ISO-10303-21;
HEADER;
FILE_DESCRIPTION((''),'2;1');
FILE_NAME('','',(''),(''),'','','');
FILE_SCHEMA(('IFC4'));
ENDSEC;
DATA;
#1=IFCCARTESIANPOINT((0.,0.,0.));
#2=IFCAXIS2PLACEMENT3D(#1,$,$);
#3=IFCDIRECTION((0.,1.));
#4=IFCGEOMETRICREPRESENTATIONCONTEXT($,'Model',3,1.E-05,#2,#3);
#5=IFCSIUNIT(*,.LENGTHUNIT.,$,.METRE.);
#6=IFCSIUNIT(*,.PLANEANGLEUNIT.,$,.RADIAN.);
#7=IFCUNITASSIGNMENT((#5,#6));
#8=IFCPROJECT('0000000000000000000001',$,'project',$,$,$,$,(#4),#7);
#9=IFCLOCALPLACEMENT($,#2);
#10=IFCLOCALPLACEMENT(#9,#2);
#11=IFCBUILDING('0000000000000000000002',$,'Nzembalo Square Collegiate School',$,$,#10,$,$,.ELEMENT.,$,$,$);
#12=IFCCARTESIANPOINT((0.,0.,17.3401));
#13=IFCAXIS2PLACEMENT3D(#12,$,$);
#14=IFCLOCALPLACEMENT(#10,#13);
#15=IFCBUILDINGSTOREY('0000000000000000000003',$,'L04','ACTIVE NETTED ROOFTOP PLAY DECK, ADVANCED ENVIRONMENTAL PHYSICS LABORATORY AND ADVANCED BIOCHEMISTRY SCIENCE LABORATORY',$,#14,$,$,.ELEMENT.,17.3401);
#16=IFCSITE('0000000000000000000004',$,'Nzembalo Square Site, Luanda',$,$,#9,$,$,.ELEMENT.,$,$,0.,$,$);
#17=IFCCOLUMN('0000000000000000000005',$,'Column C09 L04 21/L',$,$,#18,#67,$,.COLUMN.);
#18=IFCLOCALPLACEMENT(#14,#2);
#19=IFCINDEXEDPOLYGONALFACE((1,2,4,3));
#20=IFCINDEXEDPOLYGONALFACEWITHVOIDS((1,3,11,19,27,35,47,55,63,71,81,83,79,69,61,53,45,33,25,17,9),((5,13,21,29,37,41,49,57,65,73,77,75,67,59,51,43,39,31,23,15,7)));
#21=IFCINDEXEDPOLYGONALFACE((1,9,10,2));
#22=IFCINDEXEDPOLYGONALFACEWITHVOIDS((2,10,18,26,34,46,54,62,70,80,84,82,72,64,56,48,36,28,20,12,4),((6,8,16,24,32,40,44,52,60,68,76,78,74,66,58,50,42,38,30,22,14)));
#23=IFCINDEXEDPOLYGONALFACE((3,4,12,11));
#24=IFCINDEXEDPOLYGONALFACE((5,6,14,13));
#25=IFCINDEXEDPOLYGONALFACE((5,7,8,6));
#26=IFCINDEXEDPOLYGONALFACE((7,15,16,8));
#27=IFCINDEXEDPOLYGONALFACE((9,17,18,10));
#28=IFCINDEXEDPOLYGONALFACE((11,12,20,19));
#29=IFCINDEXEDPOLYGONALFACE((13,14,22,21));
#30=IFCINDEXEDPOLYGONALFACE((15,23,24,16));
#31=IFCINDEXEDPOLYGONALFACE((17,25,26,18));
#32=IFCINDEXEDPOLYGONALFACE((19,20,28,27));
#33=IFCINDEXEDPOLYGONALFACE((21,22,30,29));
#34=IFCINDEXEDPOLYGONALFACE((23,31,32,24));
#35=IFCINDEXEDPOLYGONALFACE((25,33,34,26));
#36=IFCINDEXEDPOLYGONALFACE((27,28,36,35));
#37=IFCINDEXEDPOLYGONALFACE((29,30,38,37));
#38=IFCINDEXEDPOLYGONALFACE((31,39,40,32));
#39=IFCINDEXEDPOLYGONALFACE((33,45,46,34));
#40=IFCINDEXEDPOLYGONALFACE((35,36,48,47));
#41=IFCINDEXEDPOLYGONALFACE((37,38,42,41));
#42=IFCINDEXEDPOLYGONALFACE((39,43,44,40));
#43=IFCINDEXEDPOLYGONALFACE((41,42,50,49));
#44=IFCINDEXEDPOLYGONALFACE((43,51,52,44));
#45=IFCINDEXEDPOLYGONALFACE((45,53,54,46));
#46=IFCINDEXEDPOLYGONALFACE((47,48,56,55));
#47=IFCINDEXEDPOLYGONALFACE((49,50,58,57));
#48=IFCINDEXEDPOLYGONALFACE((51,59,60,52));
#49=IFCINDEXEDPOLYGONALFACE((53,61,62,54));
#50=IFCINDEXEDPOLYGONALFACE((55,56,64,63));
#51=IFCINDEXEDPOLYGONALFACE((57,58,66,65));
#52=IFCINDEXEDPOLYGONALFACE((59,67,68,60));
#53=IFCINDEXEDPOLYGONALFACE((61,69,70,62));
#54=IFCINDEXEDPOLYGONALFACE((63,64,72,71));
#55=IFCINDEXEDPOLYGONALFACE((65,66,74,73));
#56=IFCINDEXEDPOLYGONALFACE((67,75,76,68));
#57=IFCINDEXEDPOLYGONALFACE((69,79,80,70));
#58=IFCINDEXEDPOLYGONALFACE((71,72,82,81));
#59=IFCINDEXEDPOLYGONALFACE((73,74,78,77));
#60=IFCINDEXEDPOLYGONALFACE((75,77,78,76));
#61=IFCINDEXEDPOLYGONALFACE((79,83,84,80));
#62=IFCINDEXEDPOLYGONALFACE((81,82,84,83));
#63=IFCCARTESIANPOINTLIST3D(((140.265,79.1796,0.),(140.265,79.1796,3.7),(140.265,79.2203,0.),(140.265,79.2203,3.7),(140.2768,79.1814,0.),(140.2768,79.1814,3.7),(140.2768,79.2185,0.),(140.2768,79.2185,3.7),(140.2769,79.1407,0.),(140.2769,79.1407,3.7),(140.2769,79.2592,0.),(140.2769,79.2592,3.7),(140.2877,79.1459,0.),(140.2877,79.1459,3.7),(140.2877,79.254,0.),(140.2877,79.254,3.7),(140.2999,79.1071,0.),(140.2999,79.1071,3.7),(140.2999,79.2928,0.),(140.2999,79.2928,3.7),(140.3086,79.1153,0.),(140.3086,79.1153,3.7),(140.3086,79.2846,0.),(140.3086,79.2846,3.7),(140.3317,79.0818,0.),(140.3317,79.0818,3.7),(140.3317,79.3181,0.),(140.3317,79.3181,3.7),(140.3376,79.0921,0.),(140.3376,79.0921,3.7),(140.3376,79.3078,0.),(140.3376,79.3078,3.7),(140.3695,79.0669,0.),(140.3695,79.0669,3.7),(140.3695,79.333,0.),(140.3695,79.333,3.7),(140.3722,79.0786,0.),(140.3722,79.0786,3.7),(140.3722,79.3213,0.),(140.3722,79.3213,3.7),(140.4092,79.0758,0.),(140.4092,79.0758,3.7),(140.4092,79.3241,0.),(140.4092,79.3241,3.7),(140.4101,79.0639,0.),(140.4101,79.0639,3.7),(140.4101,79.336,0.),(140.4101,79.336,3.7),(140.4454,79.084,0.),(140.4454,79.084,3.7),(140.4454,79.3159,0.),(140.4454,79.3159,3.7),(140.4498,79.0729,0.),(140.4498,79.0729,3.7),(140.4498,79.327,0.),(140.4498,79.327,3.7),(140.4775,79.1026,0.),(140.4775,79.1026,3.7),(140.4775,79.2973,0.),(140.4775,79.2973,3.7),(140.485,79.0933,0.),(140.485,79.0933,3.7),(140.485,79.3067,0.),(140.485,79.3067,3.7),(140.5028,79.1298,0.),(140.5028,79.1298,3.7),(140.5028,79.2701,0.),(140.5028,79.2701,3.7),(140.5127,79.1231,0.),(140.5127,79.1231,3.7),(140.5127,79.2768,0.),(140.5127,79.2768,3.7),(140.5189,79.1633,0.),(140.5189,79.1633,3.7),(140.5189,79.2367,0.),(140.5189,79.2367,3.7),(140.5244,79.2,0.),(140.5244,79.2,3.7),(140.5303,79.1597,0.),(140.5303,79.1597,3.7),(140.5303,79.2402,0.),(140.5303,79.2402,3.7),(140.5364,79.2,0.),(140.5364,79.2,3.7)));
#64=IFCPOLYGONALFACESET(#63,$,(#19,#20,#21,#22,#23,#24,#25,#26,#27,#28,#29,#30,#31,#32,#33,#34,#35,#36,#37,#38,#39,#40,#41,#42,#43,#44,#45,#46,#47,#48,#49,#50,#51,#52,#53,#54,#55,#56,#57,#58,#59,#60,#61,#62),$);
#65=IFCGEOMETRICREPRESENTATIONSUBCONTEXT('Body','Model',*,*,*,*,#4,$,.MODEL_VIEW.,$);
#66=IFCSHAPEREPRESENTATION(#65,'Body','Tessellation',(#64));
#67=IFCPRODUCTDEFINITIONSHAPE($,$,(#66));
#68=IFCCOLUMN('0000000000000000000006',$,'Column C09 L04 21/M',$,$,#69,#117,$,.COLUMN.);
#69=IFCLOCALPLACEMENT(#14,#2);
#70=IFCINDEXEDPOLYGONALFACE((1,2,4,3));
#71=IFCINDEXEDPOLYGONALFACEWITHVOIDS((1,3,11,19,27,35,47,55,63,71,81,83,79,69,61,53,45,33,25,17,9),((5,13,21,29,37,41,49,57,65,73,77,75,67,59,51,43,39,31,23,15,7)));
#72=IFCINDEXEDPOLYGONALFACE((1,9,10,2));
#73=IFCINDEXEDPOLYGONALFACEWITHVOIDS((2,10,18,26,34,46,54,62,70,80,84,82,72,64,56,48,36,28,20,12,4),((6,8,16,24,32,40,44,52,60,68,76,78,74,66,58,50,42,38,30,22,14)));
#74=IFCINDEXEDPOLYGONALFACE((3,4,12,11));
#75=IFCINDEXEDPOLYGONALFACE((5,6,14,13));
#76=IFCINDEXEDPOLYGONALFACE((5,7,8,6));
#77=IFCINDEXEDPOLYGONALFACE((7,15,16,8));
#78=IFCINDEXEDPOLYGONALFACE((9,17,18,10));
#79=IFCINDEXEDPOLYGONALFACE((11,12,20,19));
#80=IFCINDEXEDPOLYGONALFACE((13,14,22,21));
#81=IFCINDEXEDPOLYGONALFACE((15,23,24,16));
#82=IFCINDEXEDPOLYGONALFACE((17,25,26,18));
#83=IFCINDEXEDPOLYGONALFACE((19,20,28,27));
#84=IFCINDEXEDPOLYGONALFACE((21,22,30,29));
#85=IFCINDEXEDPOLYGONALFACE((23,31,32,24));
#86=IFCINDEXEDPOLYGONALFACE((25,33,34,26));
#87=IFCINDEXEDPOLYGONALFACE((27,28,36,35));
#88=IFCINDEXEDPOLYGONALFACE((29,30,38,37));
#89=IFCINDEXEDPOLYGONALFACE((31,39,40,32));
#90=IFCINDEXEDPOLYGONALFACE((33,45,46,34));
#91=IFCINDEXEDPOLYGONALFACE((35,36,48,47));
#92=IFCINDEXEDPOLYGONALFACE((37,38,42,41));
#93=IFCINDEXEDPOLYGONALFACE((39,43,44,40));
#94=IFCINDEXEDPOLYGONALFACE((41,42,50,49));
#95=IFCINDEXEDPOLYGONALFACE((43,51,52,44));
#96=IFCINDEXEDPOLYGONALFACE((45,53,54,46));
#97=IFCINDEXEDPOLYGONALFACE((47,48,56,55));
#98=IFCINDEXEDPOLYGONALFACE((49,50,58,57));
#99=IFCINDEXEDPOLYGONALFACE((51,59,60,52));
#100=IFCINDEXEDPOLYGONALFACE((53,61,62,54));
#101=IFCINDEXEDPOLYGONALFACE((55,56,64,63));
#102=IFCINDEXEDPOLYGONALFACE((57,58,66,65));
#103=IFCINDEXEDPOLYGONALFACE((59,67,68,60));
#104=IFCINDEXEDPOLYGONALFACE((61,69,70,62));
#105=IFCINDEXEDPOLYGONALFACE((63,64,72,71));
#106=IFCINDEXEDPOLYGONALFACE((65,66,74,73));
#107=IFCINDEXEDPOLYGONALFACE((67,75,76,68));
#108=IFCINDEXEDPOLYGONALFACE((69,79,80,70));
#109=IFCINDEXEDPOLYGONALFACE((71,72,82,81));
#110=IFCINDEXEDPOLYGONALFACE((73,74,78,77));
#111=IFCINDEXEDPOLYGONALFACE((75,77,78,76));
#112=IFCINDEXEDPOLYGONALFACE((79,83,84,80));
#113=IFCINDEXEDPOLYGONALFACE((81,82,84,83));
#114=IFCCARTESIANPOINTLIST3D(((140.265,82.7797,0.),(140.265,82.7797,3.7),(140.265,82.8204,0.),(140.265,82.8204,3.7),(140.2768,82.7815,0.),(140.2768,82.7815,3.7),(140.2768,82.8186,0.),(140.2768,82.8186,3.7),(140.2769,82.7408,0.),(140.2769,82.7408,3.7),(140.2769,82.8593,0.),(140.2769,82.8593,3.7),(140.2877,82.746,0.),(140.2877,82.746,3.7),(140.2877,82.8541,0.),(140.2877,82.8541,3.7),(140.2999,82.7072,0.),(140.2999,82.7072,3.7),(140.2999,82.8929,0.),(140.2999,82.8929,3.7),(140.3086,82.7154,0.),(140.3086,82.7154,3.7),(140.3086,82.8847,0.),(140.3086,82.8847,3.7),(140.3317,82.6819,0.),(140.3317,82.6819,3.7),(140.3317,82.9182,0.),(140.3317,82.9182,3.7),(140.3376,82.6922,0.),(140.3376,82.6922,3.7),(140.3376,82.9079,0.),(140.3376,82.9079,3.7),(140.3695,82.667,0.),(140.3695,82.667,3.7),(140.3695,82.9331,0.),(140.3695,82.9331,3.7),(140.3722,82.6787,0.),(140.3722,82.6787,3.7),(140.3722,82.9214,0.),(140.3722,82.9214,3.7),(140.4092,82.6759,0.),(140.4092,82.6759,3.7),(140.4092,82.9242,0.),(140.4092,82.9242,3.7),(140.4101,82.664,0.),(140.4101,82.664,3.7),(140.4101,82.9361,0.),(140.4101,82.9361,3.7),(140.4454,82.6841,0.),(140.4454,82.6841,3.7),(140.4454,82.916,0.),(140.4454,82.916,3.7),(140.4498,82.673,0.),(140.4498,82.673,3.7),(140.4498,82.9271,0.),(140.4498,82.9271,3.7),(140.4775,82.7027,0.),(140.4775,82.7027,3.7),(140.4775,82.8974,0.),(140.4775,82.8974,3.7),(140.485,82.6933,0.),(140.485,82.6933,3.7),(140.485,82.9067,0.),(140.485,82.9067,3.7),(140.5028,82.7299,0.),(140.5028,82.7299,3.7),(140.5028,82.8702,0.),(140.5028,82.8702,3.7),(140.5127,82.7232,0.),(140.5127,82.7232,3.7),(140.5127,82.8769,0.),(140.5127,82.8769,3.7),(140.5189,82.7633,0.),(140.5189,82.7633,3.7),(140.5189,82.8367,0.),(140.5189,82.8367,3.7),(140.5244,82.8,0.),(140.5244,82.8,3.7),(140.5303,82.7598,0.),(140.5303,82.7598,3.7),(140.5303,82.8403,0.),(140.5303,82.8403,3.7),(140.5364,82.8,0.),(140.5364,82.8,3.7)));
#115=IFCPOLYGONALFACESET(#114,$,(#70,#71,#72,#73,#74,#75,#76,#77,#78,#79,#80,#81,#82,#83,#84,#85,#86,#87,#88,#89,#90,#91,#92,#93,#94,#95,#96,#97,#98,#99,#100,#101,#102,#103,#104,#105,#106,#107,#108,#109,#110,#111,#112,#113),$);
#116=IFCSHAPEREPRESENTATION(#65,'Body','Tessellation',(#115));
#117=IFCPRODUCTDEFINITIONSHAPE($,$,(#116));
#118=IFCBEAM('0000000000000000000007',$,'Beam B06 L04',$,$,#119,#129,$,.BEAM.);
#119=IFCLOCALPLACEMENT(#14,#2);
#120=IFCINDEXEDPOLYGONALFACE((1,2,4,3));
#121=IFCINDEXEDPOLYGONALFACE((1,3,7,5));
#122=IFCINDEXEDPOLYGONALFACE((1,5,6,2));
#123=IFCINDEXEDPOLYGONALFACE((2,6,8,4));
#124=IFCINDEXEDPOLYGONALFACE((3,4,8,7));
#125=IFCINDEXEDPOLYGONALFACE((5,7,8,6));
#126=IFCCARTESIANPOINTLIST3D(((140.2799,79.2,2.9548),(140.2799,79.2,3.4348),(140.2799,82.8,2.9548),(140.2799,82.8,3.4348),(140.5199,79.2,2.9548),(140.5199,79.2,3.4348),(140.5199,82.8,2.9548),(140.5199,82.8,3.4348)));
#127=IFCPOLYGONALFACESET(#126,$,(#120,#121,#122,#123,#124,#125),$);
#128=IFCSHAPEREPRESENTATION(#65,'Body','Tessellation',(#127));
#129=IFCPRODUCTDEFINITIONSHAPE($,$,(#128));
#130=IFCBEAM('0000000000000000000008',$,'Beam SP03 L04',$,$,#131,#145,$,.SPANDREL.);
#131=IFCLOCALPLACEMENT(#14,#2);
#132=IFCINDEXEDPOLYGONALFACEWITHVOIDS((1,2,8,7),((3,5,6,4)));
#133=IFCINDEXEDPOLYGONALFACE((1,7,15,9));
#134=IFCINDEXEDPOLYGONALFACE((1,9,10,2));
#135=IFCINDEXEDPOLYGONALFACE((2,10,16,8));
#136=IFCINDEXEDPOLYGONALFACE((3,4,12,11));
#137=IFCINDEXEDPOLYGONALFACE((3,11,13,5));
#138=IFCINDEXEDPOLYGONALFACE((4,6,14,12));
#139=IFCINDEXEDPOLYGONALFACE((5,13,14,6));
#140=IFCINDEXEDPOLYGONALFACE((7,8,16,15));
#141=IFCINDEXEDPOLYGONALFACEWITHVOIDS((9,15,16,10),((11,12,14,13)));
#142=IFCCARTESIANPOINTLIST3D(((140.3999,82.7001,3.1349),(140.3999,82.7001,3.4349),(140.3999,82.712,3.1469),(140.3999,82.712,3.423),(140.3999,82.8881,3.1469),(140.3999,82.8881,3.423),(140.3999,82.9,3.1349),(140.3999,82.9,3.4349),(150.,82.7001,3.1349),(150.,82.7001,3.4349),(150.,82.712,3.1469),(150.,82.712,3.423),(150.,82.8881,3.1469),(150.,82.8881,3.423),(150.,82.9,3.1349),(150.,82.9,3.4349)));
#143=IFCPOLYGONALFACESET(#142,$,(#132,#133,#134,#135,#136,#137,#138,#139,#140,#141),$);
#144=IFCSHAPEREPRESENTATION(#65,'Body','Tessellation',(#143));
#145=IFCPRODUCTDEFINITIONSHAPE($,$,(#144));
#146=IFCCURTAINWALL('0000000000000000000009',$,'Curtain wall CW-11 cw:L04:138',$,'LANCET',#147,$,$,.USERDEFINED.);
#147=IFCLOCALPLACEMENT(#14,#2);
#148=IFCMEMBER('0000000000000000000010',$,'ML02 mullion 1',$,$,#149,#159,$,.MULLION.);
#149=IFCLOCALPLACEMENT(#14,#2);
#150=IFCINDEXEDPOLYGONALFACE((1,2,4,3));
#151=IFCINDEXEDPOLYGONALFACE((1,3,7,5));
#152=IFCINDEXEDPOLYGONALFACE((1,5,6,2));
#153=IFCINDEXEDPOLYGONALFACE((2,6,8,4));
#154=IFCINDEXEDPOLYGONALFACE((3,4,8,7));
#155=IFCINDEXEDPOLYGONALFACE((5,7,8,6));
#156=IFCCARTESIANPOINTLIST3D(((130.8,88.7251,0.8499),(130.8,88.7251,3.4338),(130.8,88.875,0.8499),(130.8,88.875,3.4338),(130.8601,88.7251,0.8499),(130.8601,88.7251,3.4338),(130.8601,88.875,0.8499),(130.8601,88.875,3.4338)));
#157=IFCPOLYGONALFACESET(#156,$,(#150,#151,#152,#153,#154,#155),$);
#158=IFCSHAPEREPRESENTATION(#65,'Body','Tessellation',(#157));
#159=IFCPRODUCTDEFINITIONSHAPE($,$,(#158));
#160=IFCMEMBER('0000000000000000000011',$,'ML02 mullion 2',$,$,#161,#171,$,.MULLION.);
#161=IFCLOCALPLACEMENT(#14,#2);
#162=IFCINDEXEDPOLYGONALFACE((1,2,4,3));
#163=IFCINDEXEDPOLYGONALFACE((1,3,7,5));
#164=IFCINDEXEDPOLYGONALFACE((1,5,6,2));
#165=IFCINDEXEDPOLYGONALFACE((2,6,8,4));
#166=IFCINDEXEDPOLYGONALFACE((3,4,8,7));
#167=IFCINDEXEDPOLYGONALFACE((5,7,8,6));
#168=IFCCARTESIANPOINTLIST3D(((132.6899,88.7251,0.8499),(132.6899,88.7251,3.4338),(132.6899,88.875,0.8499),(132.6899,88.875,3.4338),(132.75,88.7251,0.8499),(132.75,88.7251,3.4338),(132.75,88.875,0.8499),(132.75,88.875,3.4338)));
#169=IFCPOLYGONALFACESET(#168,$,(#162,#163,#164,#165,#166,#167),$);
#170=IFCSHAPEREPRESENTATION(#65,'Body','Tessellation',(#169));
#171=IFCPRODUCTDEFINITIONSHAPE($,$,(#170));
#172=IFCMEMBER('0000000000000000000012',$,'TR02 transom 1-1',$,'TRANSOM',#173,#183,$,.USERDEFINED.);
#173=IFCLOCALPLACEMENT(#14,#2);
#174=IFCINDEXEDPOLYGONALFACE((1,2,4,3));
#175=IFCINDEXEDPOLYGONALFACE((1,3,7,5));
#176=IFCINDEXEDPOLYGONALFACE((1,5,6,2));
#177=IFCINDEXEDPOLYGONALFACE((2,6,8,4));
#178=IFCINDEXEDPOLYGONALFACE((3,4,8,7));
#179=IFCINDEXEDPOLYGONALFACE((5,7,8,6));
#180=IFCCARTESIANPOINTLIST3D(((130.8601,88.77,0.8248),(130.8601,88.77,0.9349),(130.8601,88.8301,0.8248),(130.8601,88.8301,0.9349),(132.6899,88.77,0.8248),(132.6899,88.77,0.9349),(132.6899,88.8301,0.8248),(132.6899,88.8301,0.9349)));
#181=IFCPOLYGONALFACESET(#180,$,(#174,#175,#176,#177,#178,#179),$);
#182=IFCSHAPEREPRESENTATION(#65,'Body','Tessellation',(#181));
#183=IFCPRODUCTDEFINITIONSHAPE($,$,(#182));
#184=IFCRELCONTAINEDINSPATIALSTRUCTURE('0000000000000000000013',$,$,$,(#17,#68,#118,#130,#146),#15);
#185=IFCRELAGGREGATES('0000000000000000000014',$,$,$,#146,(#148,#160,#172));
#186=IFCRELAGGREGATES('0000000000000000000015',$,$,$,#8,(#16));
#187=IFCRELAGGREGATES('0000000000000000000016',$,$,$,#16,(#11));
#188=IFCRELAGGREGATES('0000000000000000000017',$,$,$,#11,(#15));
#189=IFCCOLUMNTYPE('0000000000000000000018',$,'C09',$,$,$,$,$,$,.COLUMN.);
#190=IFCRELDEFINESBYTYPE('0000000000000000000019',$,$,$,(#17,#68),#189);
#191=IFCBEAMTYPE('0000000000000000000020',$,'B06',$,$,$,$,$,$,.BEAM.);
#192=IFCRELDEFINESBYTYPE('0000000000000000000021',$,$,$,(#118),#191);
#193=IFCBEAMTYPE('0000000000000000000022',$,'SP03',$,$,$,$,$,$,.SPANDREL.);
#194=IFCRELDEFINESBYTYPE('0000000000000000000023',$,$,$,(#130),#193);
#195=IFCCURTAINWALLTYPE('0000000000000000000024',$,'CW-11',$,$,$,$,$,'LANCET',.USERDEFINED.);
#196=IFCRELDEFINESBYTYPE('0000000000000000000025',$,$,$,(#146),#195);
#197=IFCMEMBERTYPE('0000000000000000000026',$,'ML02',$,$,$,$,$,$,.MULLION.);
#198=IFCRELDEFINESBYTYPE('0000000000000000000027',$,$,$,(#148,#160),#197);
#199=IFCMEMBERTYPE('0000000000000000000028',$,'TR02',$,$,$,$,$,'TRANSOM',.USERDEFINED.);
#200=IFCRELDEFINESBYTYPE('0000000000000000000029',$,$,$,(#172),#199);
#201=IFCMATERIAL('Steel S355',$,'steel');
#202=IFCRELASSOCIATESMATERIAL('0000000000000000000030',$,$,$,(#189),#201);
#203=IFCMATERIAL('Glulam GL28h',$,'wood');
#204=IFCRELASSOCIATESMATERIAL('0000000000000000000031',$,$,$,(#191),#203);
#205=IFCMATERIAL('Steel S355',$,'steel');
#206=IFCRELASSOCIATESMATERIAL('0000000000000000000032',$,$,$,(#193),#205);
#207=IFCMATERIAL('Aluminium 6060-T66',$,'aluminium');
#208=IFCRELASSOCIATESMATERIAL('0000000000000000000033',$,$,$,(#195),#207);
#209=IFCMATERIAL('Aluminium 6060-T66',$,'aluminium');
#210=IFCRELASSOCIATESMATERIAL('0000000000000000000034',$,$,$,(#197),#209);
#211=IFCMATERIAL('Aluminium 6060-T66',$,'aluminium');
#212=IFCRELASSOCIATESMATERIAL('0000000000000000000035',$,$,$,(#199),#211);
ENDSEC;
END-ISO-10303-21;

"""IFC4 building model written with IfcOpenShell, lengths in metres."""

from ifc_helpers import new_model, si_unit, direction, frame, origin, origin_2d, place, context, subcontext, project, spatial, rectangle, hollow_rectangle, hollow_circle, extrude, material, material_profile, profile_set, type_object, element, aggregate, save


model = new_model("IFC4")

# Units and contexts
model_context = context("Model", 3, precision=1e-05, world=origin(), true_north=direction((0.0, 1.0)))
body_context = subcontext(model_context, "Body", "Model", "MODEL_VIEW")
ifc_project = project(units=[si_unit("LENGTHUNIT", "METRE"), si_unit("PLANEANGLEUNIT", "RADIAN")], contexts=[model_context])

# Site, building, storey
site_placement = place(None, origin())
site = spatial("IfcSite", under=ifc_project, at=site_placement, Name="Nzembalo Square Site, Luanda", CompositionType="ELEMENT", RefElevation=0.0)
building_placement = place(site_placement, origin())
building = spatial("IfcBuilding", under=site, at=building_placement, Name="Nzembalo Square Collegiate School", CompositionType="ELEMENT")
storey_placement = place(building_placement, frame((0.0, 0.0, 17.3401)))
storey = spatial("IfcBuildingStorey", under=building, at=storey_placement, Name="L04", Description="ACTIVE NETTED ROOFTOP PLAY DECK, ADVANCED ENVIRONMENTAL PHYSICS LABORATORY AND ADVANCED BIOCHEMISTRY SCIENCE LABORATORY", CompositionType="ELEMENT", Elevation=17.3401)

# Columns
ifc_material_1 = material(Name="Steel S355", Category="steel")
ifc_material_profile_1 = material_profile(ifc_material_1, hollow_circle(Radius=0.1365, WallThickness=0.012, at=origin_2d()), Name="CHS 273x12")
ifc_profile_set_1 = profile_set([ifc_material_profile_1], Name="Steel S355")
column_type = type_object("IfcColumnType", Name="C09", PredefinedType="COLUMN", material=ifc_profile_set_1)
for number, where, z_axis, x_axis, name in (
    (1, (140.3999, 79.2, 0.0), (0.0, 0.0, 1.0), (1.0, 0.0, 0.0), "Column C09 L04 21/L"),
    (2, (140.3999, 82.8, 0.0), (0.0, 0.0, 1.0), (1.0, 0.0, 0.0), "Column C09 L04 21/M"),
):
    element("IfcColumn", number, at=place(storey_placement, frame(where, z_axis=z_axis, x_axis=x_axis)), inside=storey, type_object=column_type, Name=name, PredefinedType="COLUMN", context=body_context, shape_type="SweptSolid", body=[
        extrude(hollow_circle(Radius=0.1365, WallThickness=0.012, at=origin_2d()), origin(), (0.0, 0.0, 1.0), 3.7),
    ])

# Beams
ifc_material_2 = material(Name="Glulam GL28h", Category="wood")
ifc_material_profile_2 = material_profile(ifc_material_2, rectangle(XDim=0.24, YDim=0.48, at=origin_2d()), Name="GL28h 240x480")
ifc_profile_set_2 = profile_set([ifc_material_profile_2], Name="Glulam GL28h")
beam_type_1 = type_object("IfcBeamType", Name="B06", PredefinedType="BEAM", material=ifc_profile_set_2)
beam_1_placement = place(storey_placement, frame((140.3999, 79.2, 3.1948), z_axis=(0.0, 1.0, 0.0), x_axis=(-1.0, 0.0, 0.0)))
element("IfcBeam", 3, at=beam_1_placement, inside=storey, type_object=beam_type_1, Name="Beam B06 L04", PredefinedType="BEAM", context=body_context, shape_type="SweptSolid", body=[
    extrude(rectangle(XDim=0.24, YDim=0.48, at=origin_2d()), origin(), (0.0, 0.0, 1.0), 3.6001),
])
ifc_material_3 = material(Name="Steel S355", Category="steel")
ifc_material_profile_3 = material_profile(ifc_material_3, hollow_rectangle(XDim=0.2, YDim=0.3, WallThickness=0.012, at=origin_2d()), Name="RHS 300x200x12")
ifc_profile_set_3 = profile_set([ifc_material_profile_3], Name="Steel S355")
beam_type_2 = type_object("IfcBeamType", Name="SP03", PredefinedType="SPANDREL", material=ifc_profile_set_3)
beam_2_placement = place(storey_placement, frame((140.3999, 82.8, 3.2849), z_axis=(1.0, 0.0, 0.0), x_axis=(0.0, 1.0, 0.0)))
element("IfcBeam", 4, at=beam_2_placement, inside=storey, type_object=beam_type_2, Name="Beam SP03 L04", PredefinedType="SPANDREL", context=body_context, shape_type="SweptSolid", body=[
    extrude(hollow_rectangle(XDim=0.2, YDim=0.3, WallThickness=0.012, at=origin_2d()), origin(), (0.0, 0.0, 1.0), 9.6001),
])

# Curtain wall, members
ifc_material_4 = material(Name="Aluminium 6060-T66", Category="aluminium")
curtain_wall_type = type_object("IfcCurtainWallType", Name="CW-11", ElementType="LANCET", PredefinedType="USERDEFINED", material=ifc_material_4)
curtain_wall_placement = place(storey_placement, origin())
curtain_wall = element("IfcCurtainWall", 5, at=curtain_wall_placement, inside=storey, type_object=curtain_wall_type, Name="Curtain wall CW-11 cw:L04:138", ObjectType="LANCET", PredefinedType="USERDEFINED")
ifc_material_5 = material(Name="Aluminium 6060-T66", Category="aluminium")
ifc_material_profile_4 = material_profile(ifc_material_5, rectangle(XDim=0.0601, YDim=0.1499, at=origin_2d()), Name="ALU M60x150")
ifc_profile_set_4 = profile_set([ifc_material_profile_4], Name="Aluminium 6060-T66")
member_type_1 = type_object("IfcMemberType", Name="ML02", PredefinedType="MULLION", material=ifc_profile_set_4)
member_1_placement = place(storey_placement, frame((130.8301, 88.8, 0.8499), z_axis=(0.0, 0.0, 1.0), x_axis=(1.0, 0.0, 0.0)))
member_1 = element("IfcMember", 6, at=member_1_placement, type_object=member_type_1, Name="ML02 mullion 1", PredefinedType="MULLION", context=body_context, shape_type="SweptSolid", body=[
    extrude(rectangle(XDim=0.0601, YDim=0.1499, at=origin_2d()), origin(), (0.0, 0.0, 1.0), 2.584),
])
member_2_placement = place(storey_placement, frame((132.72, 88.8, 0.8499), z_axis=(0.0, 0.0, 1.0), x_axis=(1.0, 0.0, 0.0)))
member_2 = element("IfcMember", 7, at=member_2_placement, type_object=member_type_1, Name="ML02 mullion 2", PredefinedType="MULLION", context=body_context, shape_type="SweptSolid", body=[
    extrude(rectangle(XDim=0.0601, YDim=0.1499, at=origin_2d()), origin(), (0.0, 0.0, 1.0), 2.584),
])
ifc_material_6 = material(Name="Aluminium 6060-T66", Category="aluminium")
ifc_material_profile_5 = material_profile(ifc_material_6, rectangle(XDim=0.0601, YDim=0.1101, at=origin_2d()), Name="ALU T60x110")
ifc_profile_set_5 = profile_set([ifc_material_profile_5], Name="Aluminium 6060-T66")
member_type_2 = type_object("IfcMemberType", Name="TR02", ElementType="TRANSOM", PredefinedType="USERDEFINED", material=ifc_profile_set_5)
member_3_placement = place(storey_placement, frame((130.8601, 88.8, 0.8799), z_axis=(1.0, 0.0, 0.0), x_axis=(0.0, 1.0, 0.0)))
member_3 = element("IfcMember", 8, at=member_3_placement, type_object=member_type_2, Name="TR02 transom 1-1", ObjectType="TRANSOM", PredefinedType="USERDEFINED", context=body_context, shape_type="SweptSolid", body=[
    extrude(rectangle(XDim=0.0601, YDim=0.1101, at=origin_2d()), origin(), (0.0, 0.0, 1.0), 1.8298),
])
aggregate(curtain_wall, [member_1, member_2, member_3])

save(model, "model.ifc")
